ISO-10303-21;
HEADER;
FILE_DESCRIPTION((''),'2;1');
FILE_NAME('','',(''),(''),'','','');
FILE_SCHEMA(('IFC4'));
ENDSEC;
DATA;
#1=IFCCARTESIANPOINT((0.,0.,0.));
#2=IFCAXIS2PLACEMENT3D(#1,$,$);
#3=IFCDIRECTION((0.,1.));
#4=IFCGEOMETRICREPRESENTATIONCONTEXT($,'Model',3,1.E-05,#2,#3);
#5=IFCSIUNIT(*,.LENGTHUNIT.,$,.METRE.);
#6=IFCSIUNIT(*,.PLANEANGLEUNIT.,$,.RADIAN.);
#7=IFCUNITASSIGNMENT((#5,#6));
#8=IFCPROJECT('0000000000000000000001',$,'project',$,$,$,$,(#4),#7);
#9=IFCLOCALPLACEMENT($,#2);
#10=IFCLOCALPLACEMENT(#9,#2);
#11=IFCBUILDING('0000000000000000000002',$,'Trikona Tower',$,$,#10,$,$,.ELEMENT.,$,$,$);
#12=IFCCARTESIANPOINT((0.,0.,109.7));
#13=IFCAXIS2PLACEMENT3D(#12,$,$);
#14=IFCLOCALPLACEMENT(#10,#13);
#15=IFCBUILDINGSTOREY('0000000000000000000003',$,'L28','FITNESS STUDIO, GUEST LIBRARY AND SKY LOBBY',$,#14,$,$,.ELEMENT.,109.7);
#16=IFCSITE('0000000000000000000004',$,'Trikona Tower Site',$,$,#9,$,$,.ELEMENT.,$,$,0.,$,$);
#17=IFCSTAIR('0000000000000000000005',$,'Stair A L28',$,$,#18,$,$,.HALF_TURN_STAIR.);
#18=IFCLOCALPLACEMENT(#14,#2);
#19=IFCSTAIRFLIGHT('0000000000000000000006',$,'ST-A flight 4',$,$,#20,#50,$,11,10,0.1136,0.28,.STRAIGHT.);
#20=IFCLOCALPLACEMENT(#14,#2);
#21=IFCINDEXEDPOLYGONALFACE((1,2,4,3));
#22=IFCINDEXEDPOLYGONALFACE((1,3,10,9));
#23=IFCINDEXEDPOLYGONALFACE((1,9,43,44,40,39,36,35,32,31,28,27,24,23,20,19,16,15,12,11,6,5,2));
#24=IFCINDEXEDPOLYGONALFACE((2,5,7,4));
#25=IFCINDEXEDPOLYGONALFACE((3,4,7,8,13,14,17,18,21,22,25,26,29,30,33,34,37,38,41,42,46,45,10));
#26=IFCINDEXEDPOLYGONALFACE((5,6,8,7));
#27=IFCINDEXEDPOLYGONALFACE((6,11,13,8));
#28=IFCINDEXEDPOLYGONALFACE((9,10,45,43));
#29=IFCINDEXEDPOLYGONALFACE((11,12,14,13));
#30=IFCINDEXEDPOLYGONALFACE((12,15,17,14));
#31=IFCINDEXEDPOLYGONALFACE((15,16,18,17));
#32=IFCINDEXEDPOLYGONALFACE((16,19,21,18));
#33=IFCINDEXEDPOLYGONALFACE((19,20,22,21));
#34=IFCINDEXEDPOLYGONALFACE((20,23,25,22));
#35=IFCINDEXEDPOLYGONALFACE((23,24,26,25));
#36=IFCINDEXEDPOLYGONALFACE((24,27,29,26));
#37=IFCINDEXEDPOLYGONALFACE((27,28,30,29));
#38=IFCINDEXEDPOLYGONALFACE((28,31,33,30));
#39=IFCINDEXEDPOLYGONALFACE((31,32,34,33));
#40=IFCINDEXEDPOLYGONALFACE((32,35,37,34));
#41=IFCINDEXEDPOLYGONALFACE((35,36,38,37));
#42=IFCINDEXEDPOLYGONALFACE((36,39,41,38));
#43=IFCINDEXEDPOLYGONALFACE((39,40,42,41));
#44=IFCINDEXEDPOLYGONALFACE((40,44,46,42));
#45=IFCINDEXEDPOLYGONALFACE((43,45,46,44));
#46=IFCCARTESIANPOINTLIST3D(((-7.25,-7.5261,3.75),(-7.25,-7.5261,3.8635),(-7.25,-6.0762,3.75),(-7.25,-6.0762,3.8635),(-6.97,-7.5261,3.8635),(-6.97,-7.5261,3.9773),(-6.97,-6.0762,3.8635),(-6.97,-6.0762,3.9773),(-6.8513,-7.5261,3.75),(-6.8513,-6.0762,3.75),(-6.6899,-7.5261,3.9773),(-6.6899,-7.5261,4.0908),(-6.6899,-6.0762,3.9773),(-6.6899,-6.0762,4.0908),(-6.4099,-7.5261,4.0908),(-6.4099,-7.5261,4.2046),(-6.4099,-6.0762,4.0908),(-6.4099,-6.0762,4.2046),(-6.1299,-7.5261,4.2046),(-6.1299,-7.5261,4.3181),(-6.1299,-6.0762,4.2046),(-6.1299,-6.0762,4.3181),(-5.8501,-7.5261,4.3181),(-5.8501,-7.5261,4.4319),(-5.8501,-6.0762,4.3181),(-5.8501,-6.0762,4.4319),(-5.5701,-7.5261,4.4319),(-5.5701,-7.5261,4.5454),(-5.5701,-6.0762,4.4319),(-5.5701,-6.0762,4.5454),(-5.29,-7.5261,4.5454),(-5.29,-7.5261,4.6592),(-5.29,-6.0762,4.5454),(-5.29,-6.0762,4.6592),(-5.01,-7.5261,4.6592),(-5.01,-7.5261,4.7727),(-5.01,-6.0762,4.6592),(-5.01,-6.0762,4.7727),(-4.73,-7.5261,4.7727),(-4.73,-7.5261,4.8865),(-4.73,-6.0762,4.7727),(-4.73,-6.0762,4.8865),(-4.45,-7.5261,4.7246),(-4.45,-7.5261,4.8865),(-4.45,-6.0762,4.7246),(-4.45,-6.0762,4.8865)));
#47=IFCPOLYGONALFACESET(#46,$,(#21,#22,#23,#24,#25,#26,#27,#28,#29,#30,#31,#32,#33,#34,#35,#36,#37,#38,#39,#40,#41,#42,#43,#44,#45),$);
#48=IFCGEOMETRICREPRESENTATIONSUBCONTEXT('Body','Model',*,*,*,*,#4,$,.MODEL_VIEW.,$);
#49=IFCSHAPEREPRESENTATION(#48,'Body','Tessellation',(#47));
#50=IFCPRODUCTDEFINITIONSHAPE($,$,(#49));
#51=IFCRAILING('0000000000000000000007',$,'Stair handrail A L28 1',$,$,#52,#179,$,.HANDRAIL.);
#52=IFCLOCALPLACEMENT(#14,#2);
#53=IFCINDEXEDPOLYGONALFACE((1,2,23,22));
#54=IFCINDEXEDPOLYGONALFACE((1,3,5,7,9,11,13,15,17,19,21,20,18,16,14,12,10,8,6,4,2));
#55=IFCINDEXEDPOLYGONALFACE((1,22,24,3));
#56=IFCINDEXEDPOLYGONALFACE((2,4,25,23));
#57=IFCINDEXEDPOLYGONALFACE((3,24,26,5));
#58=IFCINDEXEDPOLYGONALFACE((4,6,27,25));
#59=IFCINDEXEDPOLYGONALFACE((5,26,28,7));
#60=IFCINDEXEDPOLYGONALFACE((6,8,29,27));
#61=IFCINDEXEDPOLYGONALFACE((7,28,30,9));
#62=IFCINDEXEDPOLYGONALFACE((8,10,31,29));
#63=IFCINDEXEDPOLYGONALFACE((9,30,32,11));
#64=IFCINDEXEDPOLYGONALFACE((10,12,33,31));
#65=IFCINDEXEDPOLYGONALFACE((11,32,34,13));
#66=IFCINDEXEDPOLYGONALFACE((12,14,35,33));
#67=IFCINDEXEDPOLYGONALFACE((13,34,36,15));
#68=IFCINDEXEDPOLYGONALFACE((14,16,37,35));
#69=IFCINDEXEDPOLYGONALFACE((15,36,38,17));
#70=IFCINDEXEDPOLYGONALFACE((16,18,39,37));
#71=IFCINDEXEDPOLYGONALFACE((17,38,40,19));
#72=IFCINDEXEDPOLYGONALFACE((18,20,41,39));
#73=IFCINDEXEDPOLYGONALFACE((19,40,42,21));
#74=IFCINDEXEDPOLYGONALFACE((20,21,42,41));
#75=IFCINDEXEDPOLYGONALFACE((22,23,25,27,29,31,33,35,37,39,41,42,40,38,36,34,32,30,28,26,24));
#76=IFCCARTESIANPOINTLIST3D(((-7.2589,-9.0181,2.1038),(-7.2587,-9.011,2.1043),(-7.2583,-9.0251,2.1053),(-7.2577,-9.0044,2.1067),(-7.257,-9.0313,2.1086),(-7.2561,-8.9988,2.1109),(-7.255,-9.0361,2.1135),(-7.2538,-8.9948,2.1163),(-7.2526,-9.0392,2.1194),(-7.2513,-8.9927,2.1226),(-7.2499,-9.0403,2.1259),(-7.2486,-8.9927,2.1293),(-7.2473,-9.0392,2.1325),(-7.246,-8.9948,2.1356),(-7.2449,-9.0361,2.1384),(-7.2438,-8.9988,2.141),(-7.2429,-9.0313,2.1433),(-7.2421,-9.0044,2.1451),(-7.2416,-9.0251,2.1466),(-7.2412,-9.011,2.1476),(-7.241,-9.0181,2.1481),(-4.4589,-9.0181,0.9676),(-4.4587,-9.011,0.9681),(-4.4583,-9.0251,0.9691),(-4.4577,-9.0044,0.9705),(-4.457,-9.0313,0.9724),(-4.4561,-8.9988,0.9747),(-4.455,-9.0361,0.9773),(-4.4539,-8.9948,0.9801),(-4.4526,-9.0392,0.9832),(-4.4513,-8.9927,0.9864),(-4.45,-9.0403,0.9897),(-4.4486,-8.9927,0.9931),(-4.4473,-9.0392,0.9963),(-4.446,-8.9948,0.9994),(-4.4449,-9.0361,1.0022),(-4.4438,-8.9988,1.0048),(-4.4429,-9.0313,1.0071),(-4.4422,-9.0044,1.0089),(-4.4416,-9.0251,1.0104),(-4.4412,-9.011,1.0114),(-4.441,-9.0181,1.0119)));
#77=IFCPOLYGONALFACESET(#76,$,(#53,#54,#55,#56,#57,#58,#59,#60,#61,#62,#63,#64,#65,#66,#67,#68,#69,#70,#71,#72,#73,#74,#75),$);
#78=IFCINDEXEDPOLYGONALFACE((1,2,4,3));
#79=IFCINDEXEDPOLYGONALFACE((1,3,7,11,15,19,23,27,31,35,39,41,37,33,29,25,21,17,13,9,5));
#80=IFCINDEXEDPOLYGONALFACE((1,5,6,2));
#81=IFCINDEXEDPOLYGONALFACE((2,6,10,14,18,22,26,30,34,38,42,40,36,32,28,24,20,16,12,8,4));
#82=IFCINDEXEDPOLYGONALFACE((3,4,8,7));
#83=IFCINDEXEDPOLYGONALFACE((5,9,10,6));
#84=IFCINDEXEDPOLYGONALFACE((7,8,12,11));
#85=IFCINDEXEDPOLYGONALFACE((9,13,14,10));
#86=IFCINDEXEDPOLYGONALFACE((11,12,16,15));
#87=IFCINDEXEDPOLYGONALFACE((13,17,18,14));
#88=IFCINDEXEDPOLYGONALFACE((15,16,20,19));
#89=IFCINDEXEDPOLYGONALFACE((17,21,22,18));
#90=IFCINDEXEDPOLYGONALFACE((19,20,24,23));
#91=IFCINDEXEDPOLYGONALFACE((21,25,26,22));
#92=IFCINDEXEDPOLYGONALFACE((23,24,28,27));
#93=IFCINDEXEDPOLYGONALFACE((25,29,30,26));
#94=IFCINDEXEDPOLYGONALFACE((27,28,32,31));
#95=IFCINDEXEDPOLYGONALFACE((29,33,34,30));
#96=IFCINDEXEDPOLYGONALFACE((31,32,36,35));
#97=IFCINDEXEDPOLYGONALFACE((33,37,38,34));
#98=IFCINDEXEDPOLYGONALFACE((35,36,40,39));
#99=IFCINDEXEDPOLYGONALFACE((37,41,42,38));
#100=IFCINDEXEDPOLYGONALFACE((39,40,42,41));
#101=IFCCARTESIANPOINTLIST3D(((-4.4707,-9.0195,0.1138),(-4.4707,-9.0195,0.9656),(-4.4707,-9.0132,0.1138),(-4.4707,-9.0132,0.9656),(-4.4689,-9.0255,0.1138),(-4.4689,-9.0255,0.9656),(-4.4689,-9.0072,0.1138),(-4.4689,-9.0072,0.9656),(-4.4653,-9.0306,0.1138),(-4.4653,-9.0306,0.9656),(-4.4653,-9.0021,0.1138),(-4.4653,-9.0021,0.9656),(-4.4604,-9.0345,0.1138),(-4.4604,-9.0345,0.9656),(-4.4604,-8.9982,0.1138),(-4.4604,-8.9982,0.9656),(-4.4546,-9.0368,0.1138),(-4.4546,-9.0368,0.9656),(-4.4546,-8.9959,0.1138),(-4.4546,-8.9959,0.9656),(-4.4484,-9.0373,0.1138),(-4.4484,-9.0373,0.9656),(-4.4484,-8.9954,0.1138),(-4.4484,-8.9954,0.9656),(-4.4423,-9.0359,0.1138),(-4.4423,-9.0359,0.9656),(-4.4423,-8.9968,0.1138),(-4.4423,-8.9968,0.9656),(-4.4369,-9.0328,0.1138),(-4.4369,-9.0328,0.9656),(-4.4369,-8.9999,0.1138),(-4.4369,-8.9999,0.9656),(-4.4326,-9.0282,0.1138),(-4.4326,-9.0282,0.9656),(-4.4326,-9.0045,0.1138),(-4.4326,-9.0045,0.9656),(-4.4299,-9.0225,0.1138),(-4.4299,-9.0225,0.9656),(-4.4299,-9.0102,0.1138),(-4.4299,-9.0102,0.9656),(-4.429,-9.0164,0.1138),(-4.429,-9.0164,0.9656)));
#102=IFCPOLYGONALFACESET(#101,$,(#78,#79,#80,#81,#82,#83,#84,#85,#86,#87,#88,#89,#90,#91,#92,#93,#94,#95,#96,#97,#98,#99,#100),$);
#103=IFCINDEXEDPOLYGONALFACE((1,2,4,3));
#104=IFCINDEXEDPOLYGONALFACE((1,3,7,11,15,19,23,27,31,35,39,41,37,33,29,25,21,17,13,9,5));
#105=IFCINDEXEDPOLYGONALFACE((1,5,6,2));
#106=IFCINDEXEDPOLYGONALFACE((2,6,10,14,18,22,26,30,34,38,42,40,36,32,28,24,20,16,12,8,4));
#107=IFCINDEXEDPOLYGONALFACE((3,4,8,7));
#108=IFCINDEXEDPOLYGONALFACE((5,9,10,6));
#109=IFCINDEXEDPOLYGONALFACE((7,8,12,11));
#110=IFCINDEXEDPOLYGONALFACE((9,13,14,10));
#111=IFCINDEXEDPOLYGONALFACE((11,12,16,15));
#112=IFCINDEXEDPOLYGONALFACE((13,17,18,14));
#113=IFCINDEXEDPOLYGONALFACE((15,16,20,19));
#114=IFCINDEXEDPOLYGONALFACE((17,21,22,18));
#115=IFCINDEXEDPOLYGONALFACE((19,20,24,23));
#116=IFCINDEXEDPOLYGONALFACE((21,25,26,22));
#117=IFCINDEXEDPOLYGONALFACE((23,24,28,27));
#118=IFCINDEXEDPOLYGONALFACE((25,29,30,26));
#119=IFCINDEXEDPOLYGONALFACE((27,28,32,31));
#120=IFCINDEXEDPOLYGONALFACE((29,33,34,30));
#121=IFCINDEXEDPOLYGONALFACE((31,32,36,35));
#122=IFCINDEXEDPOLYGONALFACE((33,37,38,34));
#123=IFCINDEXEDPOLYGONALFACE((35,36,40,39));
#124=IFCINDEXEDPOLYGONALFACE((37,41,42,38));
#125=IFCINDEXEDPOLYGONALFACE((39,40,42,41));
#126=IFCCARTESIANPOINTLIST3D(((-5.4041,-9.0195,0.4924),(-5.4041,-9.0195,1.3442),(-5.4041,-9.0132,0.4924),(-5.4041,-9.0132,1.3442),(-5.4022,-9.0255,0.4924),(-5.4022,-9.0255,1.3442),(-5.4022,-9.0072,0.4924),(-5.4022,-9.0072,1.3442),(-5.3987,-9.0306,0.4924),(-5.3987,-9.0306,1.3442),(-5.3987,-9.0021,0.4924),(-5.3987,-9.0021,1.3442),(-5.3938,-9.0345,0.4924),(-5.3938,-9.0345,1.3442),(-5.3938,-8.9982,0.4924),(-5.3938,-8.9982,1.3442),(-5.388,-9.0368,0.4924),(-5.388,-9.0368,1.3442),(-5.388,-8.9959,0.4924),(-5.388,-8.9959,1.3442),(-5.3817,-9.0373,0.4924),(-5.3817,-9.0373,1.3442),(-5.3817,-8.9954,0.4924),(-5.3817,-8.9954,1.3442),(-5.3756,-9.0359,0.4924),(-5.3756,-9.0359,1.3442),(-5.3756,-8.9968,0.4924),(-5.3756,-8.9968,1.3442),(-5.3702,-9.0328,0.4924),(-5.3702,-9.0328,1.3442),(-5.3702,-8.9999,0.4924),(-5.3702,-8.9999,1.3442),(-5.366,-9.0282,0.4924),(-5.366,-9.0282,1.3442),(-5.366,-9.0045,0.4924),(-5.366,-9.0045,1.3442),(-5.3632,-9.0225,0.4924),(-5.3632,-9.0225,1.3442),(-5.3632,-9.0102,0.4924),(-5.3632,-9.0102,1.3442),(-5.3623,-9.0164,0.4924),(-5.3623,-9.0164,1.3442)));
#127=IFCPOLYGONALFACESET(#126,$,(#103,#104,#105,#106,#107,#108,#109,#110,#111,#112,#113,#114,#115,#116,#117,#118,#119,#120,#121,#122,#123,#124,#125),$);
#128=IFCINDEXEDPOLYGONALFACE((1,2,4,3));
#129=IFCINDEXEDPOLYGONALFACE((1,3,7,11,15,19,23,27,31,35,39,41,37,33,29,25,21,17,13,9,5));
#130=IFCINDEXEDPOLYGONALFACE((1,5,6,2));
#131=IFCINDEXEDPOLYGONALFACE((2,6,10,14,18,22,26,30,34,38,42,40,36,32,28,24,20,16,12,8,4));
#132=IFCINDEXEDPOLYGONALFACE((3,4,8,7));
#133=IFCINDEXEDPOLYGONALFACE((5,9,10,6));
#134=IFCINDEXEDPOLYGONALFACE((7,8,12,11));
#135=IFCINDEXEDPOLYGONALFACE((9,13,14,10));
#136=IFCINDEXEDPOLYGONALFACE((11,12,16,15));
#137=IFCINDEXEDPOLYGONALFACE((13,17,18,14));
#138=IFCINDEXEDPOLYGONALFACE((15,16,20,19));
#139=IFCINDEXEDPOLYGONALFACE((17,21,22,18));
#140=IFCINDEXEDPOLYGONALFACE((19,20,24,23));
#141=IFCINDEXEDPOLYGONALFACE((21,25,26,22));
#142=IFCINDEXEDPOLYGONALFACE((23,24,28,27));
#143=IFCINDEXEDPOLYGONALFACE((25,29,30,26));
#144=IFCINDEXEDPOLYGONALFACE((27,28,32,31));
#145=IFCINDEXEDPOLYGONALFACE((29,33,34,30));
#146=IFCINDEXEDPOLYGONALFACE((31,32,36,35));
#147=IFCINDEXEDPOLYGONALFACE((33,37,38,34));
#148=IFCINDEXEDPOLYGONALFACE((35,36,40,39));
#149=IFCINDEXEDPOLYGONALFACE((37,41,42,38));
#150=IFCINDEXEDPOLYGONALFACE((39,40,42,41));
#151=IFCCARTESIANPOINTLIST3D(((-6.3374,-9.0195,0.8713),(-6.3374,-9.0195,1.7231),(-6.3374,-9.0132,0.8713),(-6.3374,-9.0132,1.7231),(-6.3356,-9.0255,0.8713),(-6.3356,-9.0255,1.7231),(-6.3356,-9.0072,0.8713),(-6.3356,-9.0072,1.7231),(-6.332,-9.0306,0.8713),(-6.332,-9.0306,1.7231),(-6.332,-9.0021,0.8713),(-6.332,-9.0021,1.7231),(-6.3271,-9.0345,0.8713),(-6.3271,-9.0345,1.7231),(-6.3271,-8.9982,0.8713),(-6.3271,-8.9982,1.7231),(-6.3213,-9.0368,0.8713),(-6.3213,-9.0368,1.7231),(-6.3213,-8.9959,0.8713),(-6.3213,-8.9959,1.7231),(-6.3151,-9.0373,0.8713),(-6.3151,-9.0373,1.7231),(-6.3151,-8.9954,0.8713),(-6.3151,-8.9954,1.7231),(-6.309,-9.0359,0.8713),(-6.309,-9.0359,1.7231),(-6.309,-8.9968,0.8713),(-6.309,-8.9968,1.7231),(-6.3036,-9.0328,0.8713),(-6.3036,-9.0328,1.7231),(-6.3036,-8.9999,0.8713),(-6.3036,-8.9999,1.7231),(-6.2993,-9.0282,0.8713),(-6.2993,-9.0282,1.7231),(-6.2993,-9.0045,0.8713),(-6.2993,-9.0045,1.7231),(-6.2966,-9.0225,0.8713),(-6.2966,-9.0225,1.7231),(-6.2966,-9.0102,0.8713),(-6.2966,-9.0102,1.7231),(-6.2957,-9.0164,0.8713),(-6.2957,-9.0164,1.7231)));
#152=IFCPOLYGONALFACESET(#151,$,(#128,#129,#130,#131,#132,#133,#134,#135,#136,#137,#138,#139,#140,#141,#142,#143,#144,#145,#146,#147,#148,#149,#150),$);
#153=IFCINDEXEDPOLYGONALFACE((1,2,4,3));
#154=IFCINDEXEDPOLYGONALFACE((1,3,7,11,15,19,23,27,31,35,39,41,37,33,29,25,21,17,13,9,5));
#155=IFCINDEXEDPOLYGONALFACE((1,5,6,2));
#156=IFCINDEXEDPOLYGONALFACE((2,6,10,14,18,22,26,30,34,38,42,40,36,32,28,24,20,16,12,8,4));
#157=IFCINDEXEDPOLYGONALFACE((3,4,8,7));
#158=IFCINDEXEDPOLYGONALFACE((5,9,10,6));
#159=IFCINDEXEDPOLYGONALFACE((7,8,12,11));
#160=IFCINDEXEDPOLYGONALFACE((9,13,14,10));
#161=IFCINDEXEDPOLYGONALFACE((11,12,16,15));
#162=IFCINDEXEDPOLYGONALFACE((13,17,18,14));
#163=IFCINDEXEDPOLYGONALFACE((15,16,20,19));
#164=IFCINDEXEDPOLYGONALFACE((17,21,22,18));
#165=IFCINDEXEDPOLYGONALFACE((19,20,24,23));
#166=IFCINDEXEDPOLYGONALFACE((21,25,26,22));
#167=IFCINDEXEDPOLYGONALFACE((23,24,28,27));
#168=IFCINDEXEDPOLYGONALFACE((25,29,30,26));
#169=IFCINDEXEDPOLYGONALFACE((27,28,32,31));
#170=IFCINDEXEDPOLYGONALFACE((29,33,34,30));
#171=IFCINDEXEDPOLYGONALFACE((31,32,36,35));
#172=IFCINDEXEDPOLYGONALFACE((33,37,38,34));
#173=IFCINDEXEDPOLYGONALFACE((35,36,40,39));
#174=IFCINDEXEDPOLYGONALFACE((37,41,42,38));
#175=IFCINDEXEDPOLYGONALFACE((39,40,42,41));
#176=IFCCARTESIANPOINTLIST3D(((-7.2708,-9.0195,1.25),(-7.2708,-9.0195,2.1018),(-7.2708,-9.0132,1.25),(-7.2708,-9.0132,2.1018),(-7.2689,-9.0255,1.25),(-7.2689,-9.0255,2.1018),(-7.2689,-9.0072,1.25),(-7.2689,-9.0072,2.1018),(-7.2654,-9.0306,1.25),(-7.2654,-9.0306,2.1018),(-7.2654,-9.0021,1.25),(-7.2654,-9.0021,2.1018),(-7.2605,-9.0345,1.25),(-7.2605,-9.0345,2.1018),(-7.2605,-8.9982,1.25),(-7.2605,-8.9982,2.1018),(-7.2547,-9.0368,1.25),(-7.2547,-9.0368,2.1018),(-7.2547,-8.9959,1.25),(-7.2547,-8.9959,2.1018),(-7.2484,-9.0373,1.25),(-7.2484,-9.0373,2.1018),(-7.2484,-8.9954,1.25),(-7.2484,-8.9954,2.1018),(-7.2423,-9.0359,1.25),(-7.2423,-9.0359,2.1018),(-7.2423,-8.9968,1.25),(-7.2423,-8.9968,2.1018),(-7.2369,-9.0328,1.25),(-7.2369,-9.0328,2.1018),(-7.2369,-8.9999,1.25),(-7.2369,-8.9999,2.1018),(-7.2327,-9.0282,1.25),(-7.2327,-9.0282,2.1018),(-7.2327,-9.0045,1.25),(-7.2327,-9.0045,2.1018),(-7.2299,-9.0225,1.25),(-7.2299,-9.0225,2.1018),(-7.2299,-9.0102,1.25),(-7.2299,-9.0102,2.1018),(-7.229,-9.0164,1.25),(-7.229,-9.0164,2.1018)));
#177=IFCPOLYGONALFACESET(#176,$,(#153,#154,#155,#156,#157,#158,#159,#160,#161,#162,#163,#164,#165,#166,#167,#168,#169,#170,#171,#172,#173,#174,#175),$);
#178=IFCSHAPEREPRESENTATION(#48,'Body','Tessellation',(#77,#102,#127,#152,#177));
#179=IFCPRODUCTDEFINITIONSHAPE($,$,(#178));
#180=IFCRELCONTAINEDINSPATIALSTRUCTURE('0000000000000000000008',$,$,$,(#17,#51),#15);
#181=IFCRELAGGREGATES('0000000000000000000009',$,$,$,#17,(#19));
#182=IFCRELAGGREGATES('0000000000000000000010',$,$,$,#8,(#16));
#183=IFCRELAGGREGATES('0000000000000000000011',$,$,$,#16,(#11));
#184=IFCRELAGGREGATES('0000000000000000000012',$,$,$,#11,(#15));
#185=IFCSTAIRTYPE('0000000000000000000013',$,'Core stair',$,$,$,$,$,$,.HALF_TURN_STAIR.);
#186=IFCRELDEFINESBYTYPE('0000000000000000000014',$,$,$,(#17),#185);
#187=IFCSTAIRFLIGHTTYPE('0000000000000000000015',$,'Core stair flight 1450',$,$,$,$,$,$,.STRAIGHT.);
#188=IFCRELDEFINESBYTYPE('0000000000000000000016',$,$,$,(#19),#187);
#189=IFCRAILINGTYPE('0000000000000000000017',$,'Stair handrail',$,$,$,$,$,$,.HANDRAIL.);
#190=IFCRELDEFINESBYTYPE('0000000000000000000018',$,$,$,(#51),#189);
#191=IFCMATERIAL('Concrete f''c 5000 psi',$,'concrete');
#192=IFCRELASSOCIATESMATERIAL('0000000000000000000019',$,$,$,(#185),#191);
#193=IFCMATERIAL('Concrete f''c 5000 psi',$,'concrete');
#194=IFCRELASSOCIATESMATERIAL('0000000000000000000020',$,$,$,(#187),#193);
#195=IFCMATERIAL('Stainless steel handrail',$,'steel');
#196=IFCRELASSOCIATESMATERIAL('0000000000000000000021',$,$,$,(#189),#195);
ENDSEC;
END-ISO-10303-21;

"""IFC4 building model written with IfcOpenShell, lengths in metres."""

from ifc_helpers import new_model, si_unit, direction, frame, origin, origin_2d, place, context, subcontext, project, spatial, polyline, circle, outline, extrude, material, type_object, element, aggregate, save


model = new_model("IFC4")

# Units and contexts
model_context = context("Model", 3, precision=1e-05, world=origin(), true_north=direction((0.0, 1.0)))
body_context = subcontext(model_context, "Body", "Model", "MODEL_VIEW")
ifc_project = project(units=[si_unit("LENGTHUNIT", "METRE"), si_unit("PLANEANGLEUNIT", "RADIAN")], contexts=[model_context])

# Site, building, storey
site_placement = place(None, origin())
site = spatial("IfcSite", under=ifc_project, at=site_placement, Name="Trikona Tower Site", CompositionType="ELEMENT", RefElevation=0.0)
building_placement = place(site_placement, origin())
building = spatial("IfcBuilding", under=site, at=building_placement, Name="Trikona Tower", CompositionType="ELEMENT")
storey_placement = place(building_placement, frame((0.0, 0.0, 109.7)))
storey = spatial("IfcBuildingStorey", under=building, at=storey_placement, Name="L28", Description="FITNESS STUDIO, GUEST LIBRARY AND SKY LOBBY", CompositionType="ELEMENT", Elevation=109.7)

# Stair, stair flight
ifc_material_1 = material(Name="Concrete f'c 5000 psi", Category="concrete")
stair_type = type_object("IfcStairType", Name="Core stair", PredefinedType="HALF_TURN_STAIR", material=ifc_material_1)
stair_placement = place(storey_placement, origin())
stair = element("IfcStair", 1, at=stair_placement, inside=storey, type_object=stair_type, Name="Stair A L28", PredefinedType="HALF_TURN_STAIR")
ifc_material_2 = material(Name="Concrete f'c 5000 psi", Category="concrete")
stair_flight_type = type_object("IfcStairFlightType", Name="Core stair flight 1450", PredefinedType="STRAIGHT", material=ifc_material_2)
stair_flight_1_placement = place(storey_placement, frame((-7.25, -6.8013, 3.75), z_axis=(0.0, 0.0, 1.0), x_axis=(1.0, 0.0, 0.0)))
stair_flight_1 = element("IfcStairFlight", 2, at=stair_flight_1_placement, type_object=stair_flight_type, Name="ST-A flight 4", NumberOfRisers=11, NumberOfTreads=10, PredefinedType="STRAIGHT", RiserHeight=0.1136, TreadLength=0.28, context=body_context, shape_type="SweptSolid", body=[
    extrude(outline(polyline([(0.0, 0.0), (0.0, 0.1135), (0.28, 0.1135), (0.28, 0.2273), (0.5601, 0.2273), (0.5601, 0.3408), (0.8401, 0.3408), (0.8401, 0.4546), (1.1201, 0.4546), (1.1201, 0.5681), (1.3999, 0.5681), (1.3999, 0.6819), (1.6799, 0.6819), (1.6799, 0.7954), (1.96, 0.7954), (1.96, 0.9092), (2.24, 0.9092), (2.24, 1.0227), (2.52, 1.0227), (2.52, 1.1365), (2.8, 1.1365), (2.8, 1.25), (2.8, 0.9746), (0.3987, 0.0), (0.0, 0.0)])), frame((0.0, 0.7251, 0.0), z_axis=(0.0, -1.0, 0.0), x_axis=(1.0, 0.0, 0.0)), (0.0, 0.0, 1.0), 1.45),
])
aggregate(stair, [stair_flight_1])

# Railing
ifc_material_3 = material(Name="Stainless steel handrail", Category="steel")
railing_type = type_object("IfcRailingType", Name="Stair handrail", PredefinedType="HANDRAIL", material=ifc_material_3)
railing_1_placement = place(storey_placement, frame((-4.45, -9.0164, 0.1138)))
element("IfcRailing", 3, at=railing_1_placement, inside=storey, type_object=railing_type, Name="Stair handrail A L28 1", PredefinedType="HANDRAIL", context=body_context, shape_type="SweptSolid", body=[
    extrude(circle(Radius=0.0239, at=origin_2d()), frame((0.0, 0.0, 0.876), z_axis=(-0.926615, 0.0, 0.376011), x_axis=(0.0, -1.0, 0.0)), (0.0, 0.0, 1.0), 3.0217),
    extrude(circle(Radius=0.021, at=origin_2d()), origin(), (0.0, 0.0, 1.0), 0.8518),
    extrude(circle(Radius=0.021, at=origin_2d()), frame((-0.9333, 0.0, 0.3787)), (0.0, 0.0, 1.0), 0.8518),
    extrude(circle(Radius=0.021, at=origin_2d()), frame((-1.8667, 0.0, 0.7576)), (0.0, 0.0, 1.0), 0.8518),
    extrude(circle(Radius=0.021, at=origin_2d()), frame((-2.8, 0.0, 1.1362)), (0.0, 0.0, 1.0), 0.8518),
])

save(model, "model.ifc")
